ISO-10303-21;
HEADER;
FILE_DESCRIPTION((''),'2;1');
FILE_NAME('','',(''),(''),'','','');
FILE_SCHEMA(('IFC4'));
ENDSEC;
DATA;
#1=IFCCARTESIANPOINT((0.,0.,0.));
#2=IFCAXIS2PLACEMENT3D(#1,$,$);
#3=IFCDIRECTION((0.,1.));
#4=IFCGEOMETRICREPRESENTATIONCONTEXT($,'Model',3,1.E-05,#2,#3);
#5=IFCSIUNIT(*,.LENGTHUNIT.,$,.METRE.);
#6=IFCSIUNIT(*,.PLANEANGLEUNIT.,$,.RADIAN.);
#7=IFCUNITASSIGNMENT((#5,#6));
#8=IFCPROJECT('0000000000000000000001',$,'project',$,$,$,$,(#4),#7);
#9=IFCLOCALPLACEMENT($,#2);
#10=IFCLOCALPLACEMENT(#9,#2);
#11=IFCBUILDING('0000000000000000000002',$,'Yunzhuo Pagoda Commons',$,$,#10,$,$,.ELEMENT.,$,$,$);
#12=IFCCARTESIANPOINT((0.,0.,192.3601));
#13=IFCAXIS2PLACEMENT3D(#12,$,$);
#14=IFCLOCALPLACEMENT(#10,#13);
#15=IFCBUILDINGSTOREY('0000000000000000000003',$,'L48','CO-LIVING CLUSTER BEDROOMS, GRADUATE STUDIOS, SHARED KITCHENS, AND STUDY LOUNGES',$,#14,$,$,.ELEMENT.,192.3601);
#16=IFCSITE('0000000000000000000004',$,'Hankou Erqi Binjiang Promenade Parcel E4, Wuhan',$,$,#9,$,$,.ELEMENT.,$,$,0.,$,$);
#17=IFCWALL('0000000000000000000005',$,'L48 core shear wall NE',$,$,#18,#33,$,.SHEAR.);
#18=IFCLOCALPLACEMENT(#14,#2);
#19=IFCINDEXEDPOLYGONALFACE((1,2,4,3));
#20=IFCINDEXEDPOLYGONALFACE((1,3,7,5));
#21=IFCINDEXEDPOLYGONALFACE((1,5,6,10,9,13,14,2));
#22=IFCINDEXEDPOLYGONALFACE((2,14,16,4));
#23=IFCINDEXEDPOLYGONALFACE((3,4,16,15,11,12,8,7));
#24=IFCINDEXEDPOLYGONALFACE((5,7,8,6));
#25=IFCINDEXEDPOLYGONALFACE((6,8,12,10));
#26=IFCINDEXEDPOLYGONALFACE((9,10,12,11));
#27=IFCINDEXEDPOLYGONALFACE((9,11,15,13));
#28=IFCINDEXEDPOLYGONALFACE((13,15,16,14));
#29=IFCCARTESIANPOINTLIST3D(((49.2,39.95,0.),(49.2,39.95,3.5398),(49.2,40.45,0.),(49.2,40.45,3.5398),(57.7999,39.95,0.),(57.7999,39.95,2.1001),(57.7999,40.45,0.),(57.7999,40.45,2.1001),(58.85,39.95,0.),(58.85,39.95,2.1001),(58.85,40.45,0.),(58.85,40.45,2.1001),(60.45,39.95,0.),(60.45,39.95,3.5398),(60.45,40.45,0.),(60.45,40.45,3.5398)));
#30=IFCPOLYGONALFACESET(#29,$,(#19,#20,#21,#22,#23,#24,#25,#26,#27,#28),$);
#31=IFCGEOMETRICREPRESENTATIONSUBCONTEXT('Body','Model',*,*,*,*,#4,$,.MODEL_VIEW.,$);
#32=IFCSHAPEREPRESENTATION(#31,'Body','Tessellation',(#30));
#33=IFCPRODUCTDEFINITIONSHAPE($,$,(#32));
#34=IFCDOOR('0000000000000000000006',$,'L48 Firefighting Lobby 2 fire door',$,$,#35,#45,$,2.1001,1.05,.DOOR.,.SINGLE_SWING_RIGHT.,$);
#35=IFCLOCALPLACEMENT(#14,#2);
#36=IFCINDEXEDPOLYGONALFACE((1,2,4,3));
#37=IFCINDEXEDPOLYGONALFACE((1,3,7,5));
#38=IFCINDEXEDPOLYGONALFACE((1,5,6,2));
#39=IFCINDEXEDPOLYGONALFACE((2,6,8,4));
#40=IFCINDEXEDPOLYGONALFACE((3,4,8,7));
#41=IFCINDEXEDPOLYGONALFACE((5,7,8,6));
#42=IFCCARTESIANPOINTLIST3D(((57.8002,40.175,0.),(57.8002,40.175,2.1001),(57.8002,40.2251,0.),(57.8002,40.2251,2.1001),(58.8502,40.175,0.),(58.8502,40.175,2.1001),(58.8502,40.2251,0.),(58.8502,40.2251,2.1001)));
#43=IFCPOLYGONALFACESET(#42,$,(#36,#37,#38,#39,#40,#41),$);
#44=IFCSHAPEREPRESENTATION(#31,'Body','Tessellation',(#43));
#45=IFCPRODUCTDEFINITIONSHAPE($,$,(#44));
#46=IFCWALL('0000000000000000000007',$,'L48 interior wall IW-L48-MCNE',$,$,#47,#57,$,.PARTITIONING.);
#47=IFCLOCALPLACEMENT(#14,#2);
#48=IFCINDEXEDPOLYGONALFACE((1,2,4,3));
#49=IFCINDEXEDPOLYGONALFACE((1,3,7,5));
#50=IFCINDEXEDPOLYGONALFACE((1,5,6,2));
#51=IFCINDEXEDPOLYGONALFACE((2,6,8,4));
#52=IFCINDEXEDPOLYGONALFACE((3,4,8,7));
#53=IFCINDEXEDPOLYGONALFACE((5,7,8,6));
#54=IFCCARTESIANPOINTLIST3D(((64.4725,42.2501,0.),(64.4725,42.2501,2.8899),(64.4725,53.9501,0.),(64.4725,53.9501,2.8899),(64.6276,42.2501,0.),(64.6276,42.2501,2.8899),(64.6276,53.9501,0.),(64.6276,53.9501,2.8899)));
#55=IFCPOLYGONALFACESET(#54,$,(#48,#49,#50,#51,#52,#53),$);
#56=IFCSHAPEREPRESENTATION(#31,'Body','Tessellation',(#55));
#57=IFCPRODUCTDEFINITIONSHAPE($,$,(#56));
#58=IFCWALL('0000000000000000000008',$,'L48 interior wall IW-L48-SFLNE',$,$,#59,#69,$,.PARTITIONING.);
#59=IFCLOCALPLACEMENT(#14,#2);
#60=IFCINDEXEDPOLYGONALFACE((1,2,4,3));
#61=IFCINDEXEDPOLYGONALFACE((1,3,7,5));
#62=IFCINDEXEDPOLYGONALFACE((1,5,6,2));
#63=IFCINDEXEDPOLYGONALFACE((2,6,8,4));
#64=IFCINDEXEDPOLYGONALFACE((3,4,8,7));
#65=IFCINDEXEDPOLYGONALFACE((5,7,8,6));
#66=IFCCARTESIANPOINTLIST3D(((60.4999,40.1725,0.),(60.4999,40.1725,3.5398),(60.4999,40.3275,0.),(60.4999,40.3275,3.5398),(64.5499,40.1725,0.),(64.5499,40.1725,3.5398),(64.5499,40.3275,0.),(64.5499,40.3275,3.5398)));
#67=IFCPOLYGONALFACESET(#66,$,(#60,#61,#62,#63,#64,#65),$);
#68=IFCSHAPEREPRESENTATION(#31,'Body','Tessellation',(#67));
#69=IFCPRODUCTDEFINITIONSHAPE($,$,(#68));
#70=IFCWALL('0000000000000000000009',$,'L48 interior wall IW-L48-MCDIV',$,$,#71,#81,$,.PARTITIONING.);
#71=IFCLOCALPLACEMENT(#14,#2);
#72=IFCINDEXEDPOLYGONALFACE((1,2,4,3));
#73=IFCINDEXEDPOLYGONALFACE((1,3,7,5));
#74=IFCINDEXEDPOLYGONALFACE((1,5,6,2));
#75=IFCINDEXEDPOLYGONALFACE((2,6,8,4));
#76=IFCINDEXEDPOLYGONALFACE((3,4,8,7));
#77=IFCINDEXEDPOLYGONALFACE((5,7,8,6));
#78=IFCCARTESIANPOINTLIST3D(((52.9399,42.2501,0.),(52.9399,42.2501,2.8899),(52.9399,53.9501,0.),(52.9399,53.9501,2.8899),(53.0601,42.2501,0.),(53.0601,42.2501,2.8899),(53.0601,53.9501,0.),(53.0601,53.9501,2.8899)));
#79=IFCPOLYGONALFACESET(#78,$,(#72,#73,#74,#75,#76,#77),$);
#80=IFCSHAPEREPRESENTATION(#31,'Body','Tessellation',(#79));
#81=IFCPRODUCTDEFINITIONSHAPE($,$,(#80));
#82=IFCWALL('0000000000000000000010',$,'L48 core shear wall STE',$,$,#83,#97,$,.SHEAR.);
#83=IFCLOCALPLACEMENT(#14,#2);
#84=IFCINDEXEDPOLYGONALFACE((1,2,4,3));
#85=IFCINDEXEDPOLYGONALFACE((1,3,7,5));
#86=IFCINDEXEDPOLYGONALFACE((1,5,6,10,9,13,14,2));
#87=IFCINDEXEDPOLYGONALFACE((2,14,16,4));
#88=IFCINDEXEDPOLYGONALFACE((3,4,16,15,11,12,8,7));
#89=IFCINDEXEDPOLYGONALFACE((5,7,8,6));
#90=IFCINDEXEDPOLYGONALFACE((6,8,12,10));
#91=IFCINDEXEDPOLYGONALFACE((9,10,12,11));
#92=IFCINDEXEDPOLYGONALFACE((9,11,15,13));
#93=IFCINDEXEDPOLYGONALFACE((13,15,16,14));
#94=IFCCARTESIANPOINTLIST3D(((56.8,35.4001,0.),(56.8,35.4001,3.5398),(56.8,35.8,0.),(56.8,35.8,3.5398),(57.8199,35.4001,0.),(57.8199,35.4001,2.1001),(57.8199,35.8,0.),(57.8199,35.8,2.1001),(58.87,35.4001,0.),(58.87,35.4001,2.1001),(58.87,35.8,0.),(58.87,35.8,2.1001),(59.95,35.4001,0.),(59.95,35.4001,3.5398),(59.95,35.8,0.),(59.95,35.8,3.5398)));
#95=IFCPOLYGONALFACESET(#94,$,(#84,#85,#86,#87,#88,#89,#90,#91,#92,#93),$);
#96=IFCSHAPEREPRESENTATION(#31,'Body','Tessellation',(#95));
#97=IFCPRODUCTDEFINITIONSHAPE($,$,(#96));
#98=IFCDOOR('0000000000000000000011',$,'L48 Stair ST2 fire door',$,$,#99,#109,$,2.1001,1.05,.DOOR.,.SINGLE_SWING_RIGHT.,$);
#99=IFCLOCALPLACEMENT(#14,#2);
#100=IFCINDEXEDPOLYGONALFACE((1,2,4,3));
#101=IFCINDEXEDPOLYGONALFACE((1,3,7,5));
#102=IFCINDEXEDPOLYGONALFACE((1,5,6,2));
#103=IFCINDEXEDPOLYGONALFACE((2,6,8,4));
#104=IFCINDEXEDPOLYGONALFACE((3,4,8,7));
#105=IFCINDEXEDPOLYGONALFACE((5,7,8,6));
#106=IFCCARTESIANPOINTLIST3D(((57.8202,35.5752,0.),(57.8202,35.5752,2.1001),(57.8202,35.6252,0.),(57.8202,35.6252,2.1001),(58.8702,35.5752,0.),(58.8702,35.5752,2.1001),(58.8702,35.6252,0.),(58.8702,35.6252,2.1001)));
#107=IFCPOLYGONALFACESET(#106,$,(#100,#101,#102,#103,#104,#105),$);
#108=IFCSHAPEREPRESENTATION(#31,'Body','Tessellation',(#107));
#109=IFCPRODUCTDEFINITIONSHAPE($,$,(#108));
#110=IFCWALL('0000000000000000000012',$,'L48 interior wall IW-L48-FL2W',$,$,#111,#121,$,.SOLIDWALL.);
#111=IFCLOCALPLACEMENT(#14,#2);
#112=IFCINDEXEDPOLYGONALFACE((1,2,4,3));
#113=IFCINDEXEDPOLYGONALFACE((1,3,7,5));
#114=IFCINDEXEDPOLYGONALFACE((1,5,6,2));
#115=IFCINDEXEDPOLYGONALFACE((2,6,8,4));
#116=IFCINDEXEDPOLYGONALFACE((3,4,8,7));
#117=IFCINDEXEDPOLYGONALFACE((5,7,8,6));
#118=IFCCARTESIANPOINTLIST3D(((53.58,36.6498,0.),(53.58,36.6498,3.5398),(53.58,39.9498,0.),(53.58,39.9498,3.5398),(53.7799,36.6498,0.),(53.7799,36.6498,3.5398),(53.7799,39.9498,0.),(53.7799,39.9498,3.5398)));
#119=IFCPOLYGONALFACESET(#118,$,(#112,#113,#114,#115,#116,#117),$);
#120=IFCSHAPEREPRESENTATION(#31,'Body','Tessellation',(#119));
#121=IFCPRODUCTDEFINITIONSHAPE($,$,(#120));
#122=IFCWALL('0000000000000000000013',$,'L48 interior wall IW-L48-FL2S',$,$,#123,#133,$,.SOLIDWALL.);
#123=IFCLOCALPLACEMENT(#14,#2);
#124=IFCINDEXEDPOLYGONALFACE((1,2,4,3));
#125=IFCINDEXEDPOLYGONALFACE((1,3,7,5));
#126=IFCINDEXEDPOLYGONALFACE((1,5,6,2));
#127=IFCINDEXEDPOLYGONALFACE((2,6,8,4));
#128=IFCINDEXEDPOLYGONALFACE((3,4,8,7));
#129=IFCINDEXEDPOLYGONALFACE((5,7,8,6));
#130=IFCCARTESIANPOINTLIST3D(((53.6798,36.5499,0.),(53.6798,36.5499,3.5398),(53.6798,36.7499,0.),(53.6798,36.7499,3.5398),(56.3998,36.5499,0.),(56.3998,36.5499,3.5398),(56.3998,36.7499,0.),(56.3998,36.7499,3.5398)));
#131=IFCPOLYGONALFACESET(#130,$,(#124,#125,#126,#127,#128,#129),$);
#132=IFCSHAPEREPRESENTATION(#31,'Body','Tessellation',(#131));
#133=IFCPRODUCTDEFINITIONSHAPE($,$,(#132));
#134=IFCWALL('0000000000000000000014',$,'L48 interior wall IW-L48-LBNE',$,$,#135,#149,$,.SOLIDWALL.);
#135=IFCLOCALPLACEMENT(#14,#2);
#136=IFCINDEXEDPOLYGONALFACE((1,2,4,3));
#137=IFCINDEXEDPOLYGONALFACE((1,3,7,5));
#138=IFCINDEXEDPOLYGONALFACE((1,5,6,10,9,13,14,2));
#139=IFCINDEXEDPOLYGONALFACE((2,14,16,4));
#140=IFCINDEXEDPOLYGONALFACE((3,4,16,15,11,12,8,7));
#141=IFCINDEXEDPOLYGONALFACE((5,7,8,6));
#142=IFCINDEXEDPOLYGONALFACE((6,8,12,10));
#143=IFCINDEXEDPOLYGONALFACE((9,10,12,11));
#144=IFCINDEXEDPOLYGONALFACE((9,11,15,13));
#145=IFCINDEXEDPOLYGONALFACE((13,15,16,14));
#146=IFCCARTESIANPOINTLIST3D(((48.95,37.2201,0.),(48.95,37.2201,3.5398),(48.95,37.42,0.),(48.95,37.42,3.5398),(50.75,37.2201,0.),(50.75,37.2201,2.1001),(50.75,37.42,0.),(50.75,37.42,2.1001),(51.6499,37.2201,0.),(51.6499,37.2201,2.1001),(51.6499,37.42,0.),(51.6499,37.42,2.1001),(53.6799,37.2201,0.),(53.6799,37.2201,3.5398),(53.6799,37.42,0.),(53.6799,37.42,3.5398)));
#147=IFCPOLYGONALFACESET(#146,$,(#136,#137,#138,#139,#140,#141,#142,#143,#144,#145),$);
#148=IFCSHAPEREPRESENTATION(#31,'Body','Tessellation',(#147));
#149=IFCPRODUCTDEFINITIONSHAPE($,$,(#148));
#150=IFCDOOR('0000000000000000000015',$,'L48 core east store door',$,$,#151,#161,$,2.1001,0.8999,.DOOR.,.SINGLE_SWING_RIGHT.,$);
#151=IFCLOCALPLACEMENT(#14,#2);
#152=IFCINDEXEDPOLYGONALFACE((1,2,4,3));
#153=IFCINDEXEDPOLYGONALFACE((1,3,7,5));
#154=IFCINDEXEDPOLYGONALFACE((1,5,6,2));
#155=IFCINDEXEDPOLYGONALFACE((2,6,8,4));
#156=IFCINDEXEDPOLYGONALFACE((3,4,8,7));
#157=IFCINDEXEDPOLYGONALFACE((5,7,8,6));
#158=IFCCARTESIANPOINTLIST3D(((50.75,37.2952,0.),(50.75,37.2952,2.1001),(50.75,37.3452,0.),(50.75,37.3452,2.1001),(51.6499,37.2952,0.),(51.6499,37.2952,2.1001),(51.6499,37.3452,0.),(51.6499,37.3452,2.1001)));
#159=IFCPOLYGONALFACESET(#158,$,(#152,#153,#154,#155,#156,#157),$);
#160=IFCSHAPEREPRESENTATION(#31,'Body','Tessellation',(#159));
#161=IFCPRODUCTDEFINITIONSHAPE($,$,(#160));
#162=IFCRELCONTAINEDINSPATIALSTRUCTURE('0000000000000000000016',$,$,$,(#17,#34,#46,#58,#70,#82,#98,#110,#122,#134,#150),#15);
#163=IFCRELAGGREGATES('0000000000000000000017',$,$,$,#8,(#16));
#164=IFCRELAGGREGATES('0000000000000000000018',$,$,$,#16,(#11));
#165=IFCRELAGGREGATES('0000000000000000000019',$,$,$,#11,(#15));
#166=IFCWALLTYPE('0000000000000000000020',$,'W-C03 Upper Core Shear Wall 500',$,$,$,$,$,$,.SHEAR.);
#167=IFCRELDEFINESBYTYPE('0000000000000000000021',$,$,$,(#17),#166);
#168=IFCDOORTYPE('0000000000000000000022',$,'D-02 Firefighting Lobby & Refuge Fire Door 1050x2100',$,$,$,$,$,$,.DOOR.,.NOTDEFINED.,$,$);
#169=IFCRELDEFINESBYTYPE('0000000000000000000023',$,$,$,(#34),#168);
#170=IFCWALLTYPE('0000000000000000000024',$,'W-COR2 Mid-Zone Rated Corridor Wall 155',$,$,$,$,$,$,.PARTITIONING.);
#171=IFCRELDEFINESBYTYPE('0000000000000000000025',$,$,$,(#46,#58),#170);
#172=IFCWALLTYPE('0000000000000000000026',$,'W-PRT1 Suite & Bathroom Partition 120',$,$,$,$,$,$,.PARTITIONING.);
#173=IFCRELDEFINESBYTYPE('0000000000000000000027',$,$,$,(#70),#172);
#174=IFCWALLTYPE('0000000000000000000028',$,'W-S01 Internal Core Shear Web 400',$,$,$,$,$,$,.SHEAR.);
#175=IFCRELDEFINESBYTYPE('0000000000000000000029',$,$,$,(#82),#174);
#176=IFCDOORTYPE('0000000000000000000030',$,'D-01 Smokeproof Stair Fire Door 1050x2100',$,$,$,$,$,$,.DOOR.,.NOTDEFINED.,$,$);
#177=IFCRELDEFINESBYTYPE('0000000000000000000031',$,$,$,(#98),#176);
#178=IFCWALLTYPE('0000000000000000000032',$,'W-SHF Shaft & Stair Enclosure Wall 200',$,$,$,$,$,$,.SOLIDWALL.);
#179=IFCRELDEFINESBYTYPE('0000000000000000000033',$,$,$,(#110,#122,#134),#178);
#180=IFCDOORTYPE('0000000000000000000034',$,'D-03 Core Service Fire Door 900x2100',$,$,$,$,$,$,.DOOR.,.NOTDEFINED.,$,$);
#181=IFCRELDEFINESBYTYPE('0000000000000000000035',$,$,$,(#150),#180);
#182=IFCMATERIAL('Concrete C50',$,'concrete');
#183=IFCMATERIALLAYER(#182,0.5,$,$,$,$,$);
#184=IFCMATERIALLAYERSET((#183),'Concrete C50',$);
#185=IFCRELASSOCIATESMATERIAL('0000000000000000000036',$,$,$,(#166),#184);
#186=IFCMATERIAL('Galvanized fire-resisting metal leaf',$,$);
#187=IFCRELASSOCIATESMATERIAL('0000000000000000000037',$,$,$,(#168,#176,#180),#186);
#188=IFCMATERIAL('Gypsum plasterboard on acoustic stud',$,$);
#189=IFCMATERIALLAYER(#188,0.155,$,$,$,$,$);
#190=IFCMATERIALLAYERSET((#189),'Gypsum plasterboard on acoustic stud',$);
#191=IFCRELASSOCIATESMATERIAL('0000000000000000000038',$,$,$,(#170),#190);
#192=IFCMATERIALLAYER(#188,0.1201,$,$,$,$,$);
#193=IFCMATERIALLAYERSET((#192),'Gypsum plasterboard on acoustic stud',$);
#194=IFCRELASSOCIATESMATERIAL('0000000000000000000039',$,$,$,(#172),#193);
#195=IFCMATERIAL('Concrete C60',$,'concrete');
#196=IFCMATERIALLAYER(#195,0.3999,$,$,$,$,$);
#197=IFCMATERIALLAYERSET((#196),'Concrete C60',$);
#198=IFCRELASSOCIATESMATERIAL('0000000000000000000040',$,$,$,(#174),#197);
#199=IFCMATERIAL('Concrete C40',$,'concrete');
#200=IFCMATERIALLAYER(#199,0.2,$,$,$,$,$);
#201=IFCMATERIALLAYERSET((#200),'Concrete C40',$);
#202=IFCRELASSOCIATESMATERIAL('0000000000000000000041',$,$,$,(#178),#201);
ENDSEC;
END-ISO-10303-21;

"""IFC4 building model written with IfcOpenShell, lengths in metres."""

from ifc_helpers import new_model, si_unit, direction, frame, frame_2d, origin, place, context, subcontext, project, spatial, rectangle, extrude, source, transform, mapped, material, layer, layer_set, type_object, element, fill, save


model = new_model("IFC4")

# Units and contexts
model_context = context("Model", 3, precision=1e-05, world=origin(), true_north=direction((0.0, 1.0)))
body_context = subcontext(model_context, "Body", "Model", "MODEL_VIEW")
ifc_project = project(units=[si_unit("LENGTHUNIT", "METRE"), si_unit("PLANEANGLEUNIT", "RADIAN")], contexts=[model_context])

# Site, building, storey
site_placement = place(None, origin())
site = spatial("IfcSite", under=ifc_project, at=site_placement, Name="Hankou Erqi Binjiang Promenade Parcel E4, Wuhan", CompositionType="ELEMENT", RefElevation=0.0)
building_placement = place(site_placement, origin())
building = spatial("IfcBuilding", under=site, at=building_placement, Name="Yunzhuo Pagoda Commons", CompositionType="ELEMENT")
storey_placement = place(building_placement, frame((0.0, 0.0, 192.3601)))
storey = spatial("IfcBuildingStorey", under=building, at=storey_placement, Name="L48", Description="CO-LIVING CLUSTER BEDROOMS, GRADUATE STUDIOS, SHARED KITCHENS, AND STUDY LOUNGES", CompositionType="ELEMENT", Elevation=192.3601)

# Wall, opening, door
ifc_material_1 = material(Name="Concrete C50", Category="concrete")
ifc_layer_1 = layer(ifc_material_1, 0.5)
ifc_layer_set_1 = layer_set([ifc_layer_1], Name="Concrete C50")
wall_type_1 = type_object("IfcWallType", Name="W-C03 Upper Core Shear Wall 500", PredefinedType="SHEAR", material=ifc_layer_set_1)
wall_1_placement = place(storey_placement, frame((49.2, 40.2, 0.0), z_axis=(0.0, 0.0, 1.0), x_axis=(1.0, 0.0, 0.0)))
wall_1 = element("IfcWall", 1, at=wall_1_placement, inside=storey, type_object=wall_type_1, Name="L48 core shear wall NE", PredefinedType="SHEAR", context=body_context, shape_type="SweptSolid", body=[
    extrude(rectangle(XDim=11.25, YDim=0.5, at=frame_2d((5.625, 0.0))), origin(), (0.0, 0.0, 1.0), 3.5398),
])
opening_1_placement = place(wall_1_placement, frame((8.6001, 0.0, 0.0)))
opening_1 = element("IfcOpeningElement", 2, at=opening_1_placement, cuts=wall_1, PredefinedType="OPENING", context=body_context, shape_type="SweptSolid", body=[
    extrude(rectangle(XDim=1.05, YDim=2.1001, at=frame_2d((0.5249, 1.05))), frame((0.0, 0.26, 0.0), z_axis=(0.0, -1.0, 0.0), x_axis=(1.0, 0.0, 0.0)), (0.0, 0.0, 1.0), 0.52),
])
ifc_material_2 = material(Name="Galvanized fire-resisting metal leaf")
door_type_1 = type_object("IfcDoorType", Name="D-02 Firefighting Lobby & Refuge Fire Door 1050x2100", OperationType="NOTDEFINED", PredefinedType="DOOR", material=ifc_material_2)
shared_shape_1 = source(origin(), body_context, "Body", "SweptSolid", [
    extrude(rectangle(XDim=1.05, YDim=2.1001, at=frame_2d((0.5249, 1.05))), frame((0.0, 0.0249, 0.0), z_axis=(0.0, -1.0, 0.0), x_axis=(1.0, 0.0, 0.0)), (0.0, 0.0, 1.0), 0.05),
])
door_1_placement = place(opening_1_placement, frame((1.05, 0.0, 0.0), z_axis=(0.0, 0.0, 1.0), x_axis=(-1.0, 0.0, 0.0)))
door_1 = element("IfcDoor", 3, at=door_1_placement, inside=storey, type_object=door_type_1, Name="L48 Firefighting Lobby 2 fire door", OperationType="SINGLE_SWING_RIGHT", OverallHeight=2.1001, OverallWidth=1.05, PredefinedType="DOOR", context=body_context, shape_type="MappedRepresentation", body=[
    mapped(shared_shape_1, transform((0.0, 0.0, 0.0), scale=1.0)),
])
fill(opening_1, door_1)

# Walls
ifc_material_3 = material(Name="Gypsum plasterboard on acoustic stud")
ifc_layer_2 = layer(ifc_material_3, 0.155)
ifc_layer_set_2 = layer_set([ifc_layer_2], Name="Gypsum plasterboard on acoustic stud")
wall_type_2 = type_object("IfcWallType", Name="W-COR2 Mid-Zone Rated Corridor Wall 155", PredefinedType="PARTITIONING", material=ifc_layer_set_2)
wall_2_placement = place(storey_placement, frame((64.55, 42.25, 0.0), z_axis=(0.0, 0.0, 1.0), x_axis=(0.0, 1.0, 0.0)))
element("IfcWall", 4, at=wall_2_placement, inside=storey, type_object=wall_type_2, Name="L48 interior wall IW-L48-MCNE", PredefinedType="PARTITIONING", context=body_context, shape_type="SweptSolid", body=[
    extrude(rectangle(XDim=11.7, YDim=0.155, at=frame_2d((5.8501, 0.0))), origin(), (0.0, 0.0, 1.0), 2.8899),
])
wall_3_placement = place(storey_placement, frame((60.5, 40.25, 0.0), z_axis=(0.0, 0.0, 1.0), x_axis=(1.0, 0.0, 0.0)))
element("IfcWall", 5, at=wall_3_placement, inside=storey, type_object=wall_type_2, Name="L48 interior wall IW-L48-SFLNE", PredefinedType="PARTITIONING", context=body_context, shape_type="SweptSolid", body=[
    extrude(rectangle(XDim=4.05, YDim=0.155, at=frame_2d((2.0249, 0.0))), origin(), (0.0, 0.0, 1.0), 3.5398),
])
ifc_layer_3 = layer(ifc_material_3, 0.1201)
ifc_layer_set_3 = layer_set([ifc_layer_3], Name="Gypsum plasterboard on acoustic stud")
wall_type_3 = type_object("IfcWallType", Name="W-PRT1 Suite & Bathroom Partition 120", PredefinedType="PARTITIONING", material=ifc_layer_set_3)
wall_4_placement = place(storey_placement, frame((53.0, 42.25, 0.0), z_axis=(0.0, 0.0, 1.0), x_axis=(0.0, 1.0, 0.0)))
element("IfcWall", 6, at=wall_4_placement, inside=storey, type_object=wall_type_3, Name="L48 interior wall IW-L48-MCDIV", PredefinedType="PARTITIONING", context=body_context, shape_type="SweptSolid", body=[
    extrude(rectangle(XDim=11.7, YDim=0.1201, at=frame_2d((5.8501, 0.0))), origin(), (0.0, 0.0, 1.0), 2.8899),
])

# Wall, opening, door
ifc_material_4 = material(Name="Concrete C60", Category="concrete")
ifc_layer_4 = layer(ifc_material_4, 0.3999)
ifc_layer_set_4 = layer_set([ifc_layer_4], Name="Concrete C60")
wall_type_4 = type_object("IfcWallType", Name="W-S01 Internal Core Shear Web 400", PredefinedType="SHEAR", material=ifc_layer_set_4)
wall_5_placement = place(storey_placement, frame((56.8, 35.6001, 0.0), z_axis=(0.0, 0.0, 1.0), x_axis=(1.0, 0.0, 0.0)))
wall_5 = element("IfcWall", 7, at=wall_5_placement, inside=storey, type_object=wall_type_4, Name="L48 core shear wall STE", PredefinedType="SHEAR", context=body_context, shape_type="SweptSolid", body=[
    extrude(rectangle(XDim=3.1499, YDim=0.3999, at=frame_2d((1.575, 0.0))), origin(), (0.0, 0.0, 1.0), 3.5398),
])
opening_2_placement = place(wall_5_placement, frame((1.02, 0.0, 0.0)))
opening_2 = element("IfcOpeningElement", 8, at=opening_2_placement, cuts=wall_5, PredefinedType="OPENING", context=body_context, shape_type="SweptSolid", body=[
    extrude(rectangle(XDim=1.05, YDim=2.1001, at=frame_2d((0.5249, 1.05))), frame((0.0, 0.21, 0.0), z_axis=(0.0, -1.0, 0.0), x_axis=(1.0, 0.0, 0.0)), (0.0, 0.0, 1.0), 0.4199),
])
door_type_2 = type_object("IfcDoorType", Name="D-01 Smokeproof Stair Fire Door 1050x2100", OperationType="NOTDEFINED", PredefinedType="DOOR", material=ifc_material_2)
door_2_placement = place(opening_2_placement, frame((1.05, 0.0, 0.0), z_axis=(0.0, 0.0, 1.0), x_axis=(-1.0, 0.0, 0.0)))
door_2 = element("IfcDoor", 9, at=door_2_placement, inside=storey, type_object=door_type_2, Name="L48 Stair ST2 fire door", OperationType="SINGLE_SWING_RIGHT", OverallHeight=2.1001, OverallWidth=1.05, PredefinedType="DOOR", context=body_context, shape_type="MappedRepresentation", body=[
    mapped(shared_shape_1, transform((0.0, 0.0, 0.0), scale=1.0)),
])
fill(opening_2, door_2)

# Walls
ifc_material_5 = material(Name="Concrete C40", Category="concrete")
ifc_layer_5 = layer(ifc_material_5, 0.2)
ifc_layer_set_5 = layer_set([ifc_layer_5], Name="Concrete C40")
wall_type_5 = type_object("IfcWallType", Name="W-SHF Shaft & Stair Enclosure Wall 200", PredefinedType="SOLIDWALL", material=ifc_layer_set_5)
wall_6_placement = place(storey_placement, frame((53.6799, 36.6499, 0.0), z_axis=(0.0, 0.0, 1.0), x_axis=(0.0, 1.0, 0.0)))
element("IfcWall", 10, at=wall_6_placement, inside=storey, type_object=wall_type_5, Name="L48 interior wall IW-L48-FL2W", PredefinedType="SOLIDWALL", context=body_context, shape_type="SweptSolid", body=[
    extrude(rectangle(XDim=3.3, YDim=0.2, at=frame_2d((1.6499, 0.0))), origin(), (0.0, 0.0, 1.0), 3.5398),
])
wall_7_placement = place(storey_placement, frame((53.6799, 36.6499, 0.0), z_axis=(0.0, 0.0, 1.0), x_axis=(1.0, 0.0, 0.0)))
element("IfcWall", 11, at=wall_7_placement, inside=storey, type_object=wall_type_5, Name="L48 interior wall IW-L48-FL2S", PredefinedType="SOLIDWALL", context=body_context, shape_type="SweptSolid", body=[
    extrude(rectangle(XDim=2.72, YDim=0.2, at=frame_2d((1.3599, 0.0))), origin(), (0.0, 0.0, 1.0), 3.5398),
])

# Wall, opening, door
wall_8_placement = place(storey_placement, frame((48.95, 37.3201, 0.0), z_axis=(0.0, 0.0, 1.0), x_axis=(1.0, 0.0, 0.0)))
wall_8 = element("IfcWall", 12, at=wall_8_placement, inside=storey, type_object=wall_type_5, Name="L48 interior wall IW-L48-LBNE", PredefinedType="SOLIDWALL", context=body_context, shape_type="SweptSolid", body=[
    extrude(rectangle(XDim=4.73, YDim=0.2, at=frame_2d((2.365, 0.0))), origin(), (0.0, 0.0, 1.0), 3.5398),
])
opening_3_placement = place(wall_8_placement, frame((1.8, 0.0, 0.0)))
opening_3 = element("IfcOpeningElement", 13, at=opening_3_placement, cuts=wall_8, PredefinedType="OPENING", context=body_context, shape_type="SweptSolid", body=[
    extrude(rectangle(XDim=0.8999, YDim=2.1001, at=frame_2d((0.45, 1.05))), frame((0.0, 0.1099, 0.0), z_axis=(0.0, -1.0, 0.0), x_axis=(1.0, 0.0, 0.0)), (0.0, 0.0, 1.0), 0.22),
])
door_type_3 = type_object("IfcDoorType", Name="D-03 Core Service Fire Door 900x2100", OperationType="NOTDEFINED", PredefinedType="DOOR", material=ifc_material_2)
shared_shape_2 = source(origin(), body_context, "Body", "SweptSolid", [
    extrude(rectangle(XDim=0.8999, YDim=2.1001, at=frame_2d((0.45, 1.05))), frame((0.0, 0.0249, 0.0), z_axis=(0.0, -1.0, 0.0), x_axis=(1.0, 0.0, 0.0)), (0.0, 0.0, 1.0), 0.05),
])
door_3_placement = place(opening_3_placement, frame((0.8999, 0.0, 0.0), z_axis=(0.0, 0.0, 1.0), x_axis=(-1.0, 0.0, 0.0)))
door_3 = element("IfcDoor", 14, at=door_3_placement, inside=storey, type_object=door_type_3, Name="L48 core east store door", OperationType="SINGLE_SWING_RIGHT", OverallHeight=2.1001, OverallWidth=0.8999, PredefinedType="DOOR", context=body_context, shape_type="MappedRepresentation", body=[
    mapped(shared_shape_2, transform((0.0, 0.0, 0.0), scale=1.0)),
])
fill(opening_3, door_3)

save(model, "model.ifc")
